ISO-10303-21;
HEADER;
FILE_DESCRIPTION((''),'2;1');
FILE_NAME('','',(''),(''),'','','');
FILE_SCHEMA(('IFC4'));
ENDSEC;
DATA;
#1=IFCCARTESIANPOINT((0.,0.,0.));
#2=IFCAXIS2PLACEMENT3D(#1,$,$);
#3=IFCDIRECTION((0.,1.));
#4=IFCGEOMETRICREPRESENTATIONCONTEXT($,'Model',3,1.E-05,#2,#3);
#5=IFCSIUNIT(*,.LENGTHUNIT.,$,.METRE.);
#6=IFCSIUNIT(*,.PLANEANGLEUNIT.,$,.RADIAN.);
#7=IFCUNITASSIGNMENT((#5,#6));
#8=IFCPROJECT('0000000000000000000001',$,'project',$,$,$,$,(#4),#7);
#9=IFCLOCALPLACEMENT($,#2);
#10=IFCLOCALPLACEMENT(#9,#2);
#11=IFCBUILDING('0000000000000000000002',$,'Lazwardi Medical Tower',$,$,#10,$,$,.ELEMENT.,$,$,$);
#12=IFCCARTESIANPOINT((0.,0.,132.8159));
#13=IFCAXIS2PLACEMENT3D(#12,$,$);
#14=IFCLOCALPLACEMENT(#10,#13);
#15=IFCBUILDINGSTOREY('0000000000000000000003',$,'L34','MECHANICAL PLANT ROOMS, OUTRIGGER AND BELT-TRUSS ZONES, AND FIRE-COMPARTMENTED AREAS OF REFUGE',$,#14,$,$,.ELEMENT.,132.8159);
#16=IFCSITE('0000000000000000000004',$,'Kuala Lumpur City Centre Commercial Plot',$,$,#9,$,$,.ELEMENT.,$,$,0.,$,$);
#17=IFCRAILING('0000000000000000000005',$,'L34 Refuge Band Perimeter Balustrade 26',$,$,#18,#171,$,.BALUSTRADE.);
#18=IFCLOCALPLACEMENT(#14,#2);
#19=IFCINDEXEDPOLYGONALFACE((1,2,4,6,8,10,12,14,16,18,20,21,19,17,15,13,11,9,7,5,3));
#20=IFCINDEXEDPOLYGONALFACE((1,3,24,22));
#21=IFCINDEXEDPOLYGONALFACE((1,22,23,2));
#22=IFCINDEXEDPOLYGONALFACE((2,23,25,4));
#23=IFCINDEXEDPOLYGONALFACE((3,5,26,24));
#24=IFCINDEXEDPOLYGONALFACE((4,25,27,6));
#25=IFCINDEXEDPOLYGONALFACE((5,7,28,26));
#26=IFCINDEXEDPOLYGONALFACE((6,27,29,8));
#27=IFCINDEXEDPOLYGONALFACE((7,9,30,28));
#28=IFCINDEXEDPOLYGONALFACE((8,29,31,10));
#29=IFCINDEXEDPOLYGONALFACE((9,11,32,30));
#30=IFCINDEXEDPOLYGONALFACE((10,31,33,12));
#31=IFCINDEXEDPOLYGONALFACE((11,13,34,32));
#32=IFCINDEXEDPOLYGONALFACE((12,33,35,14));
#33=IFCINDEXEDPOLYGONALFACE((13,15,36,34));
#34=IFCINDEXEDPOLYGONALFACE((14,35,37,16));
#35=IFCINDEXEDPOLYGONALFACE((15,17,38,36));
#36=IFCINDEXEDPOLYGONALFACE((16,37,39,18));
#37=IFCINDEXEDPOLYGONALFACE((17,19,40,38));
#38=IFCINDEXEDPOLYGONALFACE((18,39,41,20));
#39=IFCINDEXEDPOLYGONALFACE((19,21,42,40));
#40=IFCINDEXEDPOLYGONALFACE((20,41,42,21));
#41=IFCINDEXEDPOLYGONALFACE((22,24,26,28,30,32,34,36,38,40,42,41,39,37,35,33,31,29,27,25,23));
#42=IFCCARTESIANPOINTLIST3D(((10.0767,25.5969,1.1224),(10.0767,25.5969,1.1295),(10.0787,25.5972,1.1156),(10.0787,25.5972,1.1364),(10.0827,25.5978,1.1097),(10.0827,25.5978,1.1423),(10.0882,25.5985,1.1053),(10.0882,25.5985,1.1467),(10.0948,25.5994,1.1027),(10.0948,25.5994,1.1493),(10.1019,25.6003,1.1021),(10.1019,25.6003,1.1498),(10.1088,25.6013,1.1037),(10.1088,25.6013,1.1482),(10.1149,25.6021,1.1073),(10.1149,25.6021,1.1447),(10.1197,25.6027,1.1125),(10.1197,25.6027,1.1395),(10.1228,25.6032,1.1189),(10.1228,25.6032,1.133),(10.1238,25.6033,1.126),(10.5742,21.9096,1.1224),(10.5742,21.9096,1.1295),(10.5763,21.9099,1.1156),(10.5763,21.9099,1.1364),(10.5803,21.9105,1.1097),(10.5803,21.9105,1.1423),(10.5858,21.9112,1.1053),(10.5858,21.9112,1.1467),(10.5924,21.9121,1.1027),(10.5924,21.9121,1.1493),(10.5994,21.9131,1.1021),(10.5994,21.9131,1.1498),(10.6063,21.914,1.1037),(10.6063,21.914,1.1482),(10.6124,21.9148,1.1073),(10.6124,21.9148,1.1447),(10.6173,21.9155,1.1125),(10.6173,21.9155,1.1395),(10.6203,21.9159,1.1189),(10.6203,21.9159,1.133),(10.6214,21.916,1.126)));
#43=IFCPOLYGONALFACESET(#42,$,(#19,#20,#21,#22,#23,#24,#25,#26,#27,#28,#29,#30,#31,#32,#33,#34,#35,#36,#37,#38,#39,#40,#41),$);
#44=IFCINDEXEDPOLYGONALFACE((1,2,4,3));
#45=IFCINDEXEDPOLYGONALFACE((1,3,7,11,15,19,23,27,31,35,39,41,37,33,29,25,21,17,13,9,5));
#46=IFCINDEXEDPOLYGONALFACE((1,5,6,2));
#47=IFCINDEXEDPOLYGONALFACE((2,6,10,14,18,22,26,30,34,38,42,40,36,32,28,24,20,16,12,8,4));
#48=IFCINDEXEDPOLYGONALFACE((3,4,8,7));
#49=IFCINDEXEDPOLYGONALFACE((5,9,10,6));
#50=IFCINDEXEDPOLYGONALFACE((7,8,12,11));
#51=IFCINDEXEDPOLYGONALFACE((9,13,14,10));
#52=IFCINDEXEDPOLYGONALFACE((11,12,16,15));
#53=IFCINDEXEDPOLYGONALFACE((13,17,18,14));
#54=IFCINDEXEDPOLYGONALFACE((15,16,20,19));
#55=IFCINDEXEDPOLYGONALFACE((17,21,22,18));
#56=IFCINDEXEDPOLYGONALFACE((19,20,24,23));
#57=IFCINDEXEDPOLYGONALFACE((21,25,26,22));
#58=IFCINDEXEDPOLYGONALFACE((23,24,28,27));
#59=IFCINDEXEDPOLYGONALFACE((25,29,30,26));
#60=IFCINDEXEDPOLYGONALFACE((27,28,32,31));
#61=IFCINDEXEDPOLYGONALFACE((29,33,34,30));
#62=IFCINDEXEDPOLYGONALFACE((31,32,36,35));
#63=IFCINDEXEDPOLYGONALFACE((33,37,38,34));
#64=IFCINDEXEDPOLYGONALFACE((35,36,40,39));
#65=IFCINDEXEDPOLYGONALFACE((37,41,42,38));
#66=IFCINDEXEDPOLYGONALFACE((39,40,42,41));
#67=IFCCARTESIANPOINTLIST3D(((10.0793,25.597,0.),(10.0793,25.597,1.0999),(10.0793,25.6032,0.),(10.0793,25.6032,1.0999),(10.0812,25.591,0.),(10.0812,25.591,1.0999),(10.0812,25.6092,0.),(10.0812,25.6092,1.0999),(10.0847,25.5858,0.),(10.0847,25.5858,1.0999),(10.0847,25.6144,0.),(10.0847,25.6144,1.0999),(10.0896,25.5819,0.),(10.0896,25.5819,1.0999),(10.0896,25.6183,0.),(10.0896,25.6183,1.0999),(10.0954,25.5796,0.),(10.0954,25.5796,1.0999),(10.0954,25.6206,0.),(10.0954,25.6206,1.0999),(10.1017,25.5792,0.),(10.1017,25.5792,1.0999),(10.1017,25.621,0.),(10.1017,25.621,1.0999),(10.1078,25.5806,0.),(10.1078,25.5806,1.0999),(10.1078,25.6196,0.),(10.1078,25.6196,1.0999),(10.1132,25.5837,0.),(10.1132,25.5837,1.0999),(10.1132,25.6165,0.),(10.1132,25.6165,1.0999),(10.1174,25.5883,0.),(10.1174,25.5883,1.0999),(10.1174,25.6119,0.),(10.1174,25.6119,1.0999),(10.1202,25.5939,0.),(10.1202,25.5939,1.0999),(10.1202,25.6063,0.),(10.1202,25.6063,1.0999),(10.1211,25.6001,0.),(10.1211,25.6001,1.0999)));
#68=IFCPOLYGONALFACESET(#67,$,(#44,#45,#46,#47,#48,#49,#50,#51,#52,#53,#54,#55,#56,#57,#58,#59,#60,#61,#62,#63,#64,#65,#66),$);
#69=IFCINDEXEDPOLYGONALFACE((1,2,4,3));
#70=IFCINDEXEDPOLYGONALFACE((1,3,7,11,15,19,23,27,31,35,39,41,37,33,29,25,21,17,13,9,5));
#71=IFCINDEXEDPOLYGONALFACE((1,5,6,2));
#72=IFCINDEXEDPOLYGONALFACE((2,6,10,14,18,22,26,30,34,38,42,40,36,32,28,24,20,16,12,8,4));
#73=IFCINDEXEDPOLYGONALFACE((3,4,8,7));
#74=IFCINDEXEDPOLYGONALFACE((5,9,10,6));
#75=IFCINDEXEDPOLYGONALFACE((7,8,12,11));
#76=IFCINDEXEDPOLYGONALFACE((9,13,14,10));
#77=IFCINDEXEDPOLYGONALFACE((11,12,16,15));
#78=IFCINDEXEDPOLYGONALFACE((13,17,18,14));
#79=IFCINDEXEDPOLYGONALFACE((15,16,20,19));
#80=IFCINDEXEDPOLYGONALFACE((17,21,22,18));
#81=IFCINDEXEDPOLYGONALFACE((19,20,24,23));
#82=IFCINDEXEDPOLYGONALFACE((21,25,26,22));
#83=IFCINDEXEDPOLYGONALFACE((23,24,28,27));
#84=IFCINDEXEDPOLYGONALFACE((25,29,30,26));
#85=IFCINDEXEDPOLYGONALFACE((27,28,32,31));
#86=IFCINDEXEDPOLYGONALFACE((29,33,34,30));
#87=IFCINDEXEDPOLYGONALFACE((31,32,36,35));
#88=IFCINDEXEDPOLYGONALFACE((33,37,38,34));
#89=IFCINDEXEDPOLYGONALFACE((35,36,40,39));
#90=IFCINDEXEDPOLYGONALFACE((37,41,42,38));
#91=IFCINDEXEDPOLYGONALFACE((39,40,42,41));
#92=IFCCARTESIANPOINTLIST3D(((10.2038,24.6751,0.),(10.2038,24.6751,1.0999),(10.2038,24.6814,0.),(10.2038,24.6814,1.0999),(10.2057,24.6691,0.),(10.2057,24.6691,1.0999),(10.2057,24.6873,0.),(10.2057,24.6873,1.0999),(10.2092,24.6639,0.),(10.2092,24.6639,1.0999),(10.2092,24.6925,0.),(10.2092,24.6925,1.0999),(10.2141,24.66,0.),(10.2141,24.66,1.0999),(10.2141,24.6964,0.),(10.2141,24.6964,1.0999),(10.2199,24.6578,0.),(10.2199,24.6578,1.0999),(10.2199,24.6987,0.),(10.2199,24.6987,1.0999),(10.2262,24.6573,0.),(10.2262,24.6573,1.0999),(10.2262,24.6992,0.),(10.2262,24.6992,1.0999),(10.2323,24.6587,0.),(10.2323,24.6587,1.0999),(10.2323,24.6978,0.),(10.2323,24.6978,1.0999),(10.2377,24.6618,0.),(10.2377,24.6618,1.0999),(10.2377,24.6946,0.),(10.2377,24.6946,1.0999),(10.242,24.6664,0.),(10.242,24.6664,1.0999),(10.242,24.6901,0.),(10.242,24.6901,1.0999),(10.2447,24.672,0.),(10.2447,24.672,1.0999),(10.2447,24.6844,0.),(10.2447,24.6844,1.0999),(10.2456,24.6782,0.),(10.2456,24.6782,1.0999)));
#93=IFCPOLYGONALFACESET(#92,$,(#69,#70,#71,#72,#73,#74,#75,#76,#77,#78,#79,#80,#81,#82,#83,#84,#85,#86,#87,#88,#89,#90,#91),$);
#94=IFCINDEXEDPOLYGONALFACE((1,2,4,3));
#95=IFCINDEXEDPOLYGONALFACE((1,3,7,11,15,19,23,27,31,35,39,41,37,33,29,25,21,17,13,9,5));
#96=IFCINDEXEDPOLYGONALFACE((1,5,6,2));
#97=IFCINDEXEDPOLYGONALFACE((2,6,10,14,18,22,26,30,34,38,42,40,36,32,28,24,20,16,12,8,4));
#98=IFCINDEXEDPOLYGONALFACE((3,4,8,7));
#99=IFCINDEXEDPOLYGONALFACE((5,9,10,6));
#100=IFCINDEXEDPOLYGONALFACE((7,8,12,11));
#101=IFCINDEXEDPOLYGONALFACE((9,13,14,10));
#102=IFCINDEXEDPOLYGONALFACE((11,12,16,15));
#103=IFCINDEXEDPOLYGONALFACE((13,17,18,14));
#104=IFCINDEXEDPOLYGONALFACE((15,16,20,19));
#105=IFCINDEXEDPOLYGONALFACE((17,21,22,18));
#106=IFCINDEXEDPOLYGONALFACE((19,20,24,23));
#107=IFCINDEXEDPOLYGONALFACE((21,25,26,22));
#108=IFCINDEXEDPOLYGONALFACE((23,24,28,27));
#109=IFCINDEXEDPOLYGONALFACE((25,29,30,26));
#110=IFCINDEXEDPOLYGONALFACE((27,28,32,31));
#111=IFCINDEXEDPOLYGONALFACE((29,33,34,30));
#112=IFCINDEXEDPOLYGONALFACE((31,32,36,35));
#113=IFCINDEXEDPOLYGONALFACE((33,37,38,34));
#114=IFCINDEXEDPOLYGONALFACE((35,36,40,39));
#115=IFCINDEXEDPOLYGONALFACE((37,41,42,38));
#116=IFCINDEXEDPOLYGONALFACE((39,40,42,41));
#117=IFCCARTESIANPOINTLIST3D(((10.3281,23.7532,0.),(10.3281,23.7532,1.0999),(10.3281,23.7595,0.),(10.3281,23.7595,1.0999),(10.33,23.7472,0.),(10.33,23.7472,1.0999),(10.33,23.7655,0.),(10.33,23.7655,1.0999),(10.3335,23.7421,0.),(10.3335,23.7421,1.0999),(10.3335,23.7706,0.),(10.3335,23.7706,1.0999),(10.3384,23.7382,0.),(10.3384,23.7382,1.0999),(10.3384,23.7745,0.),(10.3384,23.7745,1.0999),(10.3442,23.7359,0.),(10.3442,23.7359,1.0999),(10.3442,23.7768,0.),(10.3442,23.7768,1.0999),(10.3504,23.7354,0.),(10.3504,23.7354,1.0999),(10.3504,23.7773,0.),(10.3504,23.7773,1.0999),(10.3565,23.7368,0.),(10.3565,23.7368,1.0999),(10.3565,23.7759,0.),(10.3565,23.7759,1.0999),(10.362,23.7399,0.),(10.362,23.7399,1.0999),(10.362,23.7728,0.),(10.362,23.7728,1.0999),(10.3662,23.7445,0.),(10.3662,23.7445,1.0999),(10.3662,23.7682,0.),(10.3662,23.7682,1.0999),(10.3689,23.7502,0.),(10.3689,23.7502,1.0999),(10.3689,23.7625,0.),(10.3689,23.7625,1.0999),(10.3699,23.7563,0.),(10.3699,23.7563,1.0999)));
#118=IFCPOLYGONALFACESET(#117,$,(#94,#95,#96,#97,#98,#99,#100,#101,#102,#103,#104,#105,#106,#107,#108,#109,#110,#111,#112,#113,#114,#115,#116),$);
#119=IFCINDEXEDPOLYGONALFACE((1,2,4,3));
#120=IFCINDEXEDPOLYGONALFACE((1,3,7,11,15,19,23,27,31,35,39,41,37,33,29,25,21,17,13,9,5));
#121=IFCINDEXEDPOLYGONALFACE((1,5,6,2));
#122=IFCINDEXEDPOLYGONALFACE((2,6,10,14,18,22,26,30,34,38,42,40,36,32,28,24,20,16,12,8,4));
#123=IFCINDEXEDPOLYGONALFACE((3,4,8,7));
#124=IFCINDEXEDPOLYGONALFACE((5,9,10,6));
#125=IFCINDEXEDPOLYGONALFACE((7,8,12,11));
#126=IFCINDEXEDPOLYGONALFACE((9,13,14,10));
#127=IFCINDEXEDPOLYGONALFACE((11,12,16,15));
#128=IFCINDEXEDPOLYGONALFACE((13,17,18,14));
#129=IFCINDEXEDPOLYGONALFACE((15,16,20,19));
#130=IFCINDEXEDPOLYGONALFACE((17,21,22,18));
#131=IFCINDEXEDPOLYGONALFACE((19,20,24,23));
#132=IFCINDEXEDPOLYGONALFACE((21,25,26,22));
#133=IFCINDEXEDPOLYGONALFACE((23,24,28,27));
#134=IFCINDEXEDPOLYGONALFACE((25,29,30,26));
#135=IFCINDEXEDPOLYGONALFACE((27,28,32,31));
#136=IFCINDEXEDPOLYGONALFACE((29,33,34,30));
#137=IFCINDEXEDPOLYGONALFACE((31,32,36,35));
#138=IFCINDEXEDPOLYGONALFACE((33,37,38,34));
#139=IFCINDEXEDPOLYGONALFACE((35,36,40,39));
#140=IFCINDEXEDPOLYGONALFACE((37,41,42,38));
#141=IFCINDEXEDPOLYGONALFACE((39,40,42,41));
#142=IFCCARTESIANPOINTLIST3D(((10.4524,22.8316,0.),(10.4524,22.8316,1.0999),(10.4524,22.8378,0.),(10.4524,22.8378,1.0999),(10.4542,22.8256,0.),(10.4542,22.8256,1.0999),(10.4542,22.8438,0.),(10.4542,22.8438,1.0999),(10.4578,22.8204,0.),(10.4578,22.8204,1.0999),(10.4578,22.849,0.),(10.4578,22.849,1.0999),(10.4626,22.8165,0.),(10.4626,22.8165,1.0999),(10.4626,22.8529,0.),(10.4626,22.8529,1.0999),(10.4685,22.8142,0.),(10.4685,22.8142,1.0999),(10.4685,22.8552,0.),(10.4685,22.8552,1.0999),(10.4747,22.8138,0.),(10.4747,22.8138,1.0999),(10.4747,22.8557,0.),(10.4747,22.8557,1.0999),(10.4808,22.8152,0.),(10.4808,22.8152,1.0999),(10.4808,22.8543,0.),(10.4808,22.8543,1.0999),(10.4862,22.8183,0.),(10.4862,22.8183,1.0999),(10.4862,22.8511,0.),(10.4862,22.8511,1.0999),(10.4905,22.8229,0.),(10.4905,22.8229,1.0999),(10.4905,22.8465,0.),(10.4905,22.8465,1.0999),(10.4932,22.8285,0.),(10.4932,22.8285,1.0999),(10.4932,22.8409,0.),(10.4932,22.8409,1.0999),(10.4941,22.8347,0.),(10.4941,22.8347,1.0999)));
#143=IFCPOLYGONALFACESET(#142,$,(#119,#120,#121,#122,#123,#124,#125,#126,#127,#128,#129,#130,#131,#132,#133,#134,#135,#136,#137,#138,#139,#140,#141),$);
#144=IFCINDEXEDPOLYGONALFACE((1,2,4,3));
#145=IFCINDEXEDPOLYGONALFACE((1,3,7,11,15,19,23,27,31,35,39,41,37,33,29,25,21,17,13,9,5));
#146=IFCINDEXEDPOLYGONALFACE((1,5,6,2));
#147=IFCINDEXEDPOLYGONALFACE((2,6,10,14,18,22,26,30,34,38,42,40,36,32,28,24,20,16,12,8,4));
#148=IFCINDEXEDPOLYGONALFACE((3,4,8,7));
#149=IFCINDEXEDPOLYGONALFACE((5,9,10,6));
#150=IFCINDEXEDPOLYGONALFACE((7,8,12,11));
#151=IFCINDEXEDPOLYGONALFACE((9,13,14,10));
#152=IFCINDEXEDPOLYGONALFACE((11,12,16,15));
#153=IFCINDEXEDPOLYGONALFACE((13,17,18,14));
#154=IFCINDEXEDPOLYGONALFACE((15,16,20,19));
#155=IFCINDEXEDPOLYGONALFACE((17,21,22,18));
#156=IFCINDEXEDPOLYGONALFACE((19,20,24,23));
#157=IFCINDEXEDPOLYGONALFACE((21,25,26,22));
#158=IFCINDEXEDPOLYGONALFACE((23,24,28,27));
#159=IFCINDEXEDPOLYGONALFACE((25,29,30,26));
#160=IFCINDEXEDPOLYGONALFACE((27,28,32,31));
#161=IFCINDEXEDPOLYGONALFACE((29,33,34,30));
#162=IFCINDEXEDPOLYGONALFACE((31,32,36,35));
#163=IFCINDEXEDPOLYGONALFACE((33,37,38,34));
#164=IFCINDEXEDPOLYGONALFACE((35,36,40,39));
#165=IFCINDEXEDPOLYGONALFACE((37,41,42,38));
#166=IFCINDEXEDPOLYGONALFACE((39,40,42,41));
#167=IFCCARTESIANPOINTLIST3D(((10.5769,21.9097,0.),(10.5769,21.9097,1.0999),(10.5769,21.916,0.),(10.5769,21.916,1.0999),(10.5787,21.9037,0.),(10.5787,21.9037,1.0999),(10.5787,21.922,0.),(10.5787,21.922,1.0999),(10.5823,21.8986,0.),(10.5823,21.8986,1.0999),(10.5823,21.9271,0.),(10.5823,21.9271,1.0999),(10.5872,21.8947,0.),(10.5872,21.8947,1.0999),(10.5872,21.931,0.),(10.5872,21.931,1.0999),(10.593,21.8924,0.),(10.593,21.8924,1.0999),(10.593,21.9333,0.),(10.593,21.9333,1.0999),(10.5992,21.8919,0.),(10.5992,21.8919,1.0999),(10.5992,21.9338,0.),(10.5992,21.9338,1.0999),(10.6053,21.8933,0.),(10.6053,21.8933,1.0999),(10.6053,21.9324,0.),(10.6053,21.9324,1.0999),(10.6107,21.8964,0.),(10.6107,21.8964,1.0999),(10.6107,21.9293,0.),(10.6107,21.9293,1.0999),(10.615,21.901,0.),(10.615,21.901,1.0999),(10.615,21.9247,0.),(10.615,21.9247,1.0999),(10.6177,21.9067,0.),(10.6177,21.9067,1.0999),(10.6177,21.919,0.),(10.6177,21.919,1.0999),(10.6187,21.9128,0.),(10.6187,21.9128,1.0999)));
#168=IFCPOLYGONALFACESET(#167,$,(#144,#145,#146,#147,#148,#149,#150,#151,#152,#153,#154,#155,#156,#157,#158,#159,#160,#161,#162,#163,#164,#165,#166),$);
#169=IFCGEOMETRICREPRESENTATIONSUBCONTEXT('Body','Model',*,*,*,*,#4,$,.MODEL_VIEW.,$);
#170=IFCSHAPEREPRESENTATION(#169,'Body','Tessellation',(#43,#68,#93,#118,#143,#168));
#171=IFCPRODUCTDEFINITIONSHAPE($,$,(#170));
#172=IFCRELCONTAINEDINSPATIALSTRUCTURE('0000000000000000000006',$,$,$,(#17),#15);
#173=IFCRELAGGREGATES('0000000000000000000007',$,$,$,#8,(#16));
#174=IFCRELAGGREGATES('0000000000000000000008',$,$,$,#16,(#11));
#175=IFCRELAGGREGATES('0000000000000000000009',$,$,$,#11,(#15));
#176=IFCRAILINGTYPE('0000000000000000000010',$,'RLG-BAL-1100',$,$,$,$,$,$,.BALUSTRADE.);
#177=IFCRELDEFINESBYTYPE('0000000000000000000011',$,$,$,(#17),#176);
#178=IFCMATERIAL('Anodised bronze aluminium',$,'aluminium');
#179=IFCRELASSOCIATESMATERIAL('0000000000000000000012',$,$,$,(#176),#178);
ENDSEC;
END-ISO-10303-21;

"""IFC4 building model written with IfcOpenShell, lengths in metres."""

from ifc_helpers import new_model, si_unit, direction, frame, origin, origin_2d, place, context, subcontext, project, spatial, circle, extrude, material, type_object, element, save


model = new_model("IFC4")

# Units and contexts
model_context = context("Model", 3, precision=1e-05, world=origin(), true_north=direction((0.0, 1.0)))
body_context = subcontext(model_context, "Body", "Model", "MODEL_VIEW")
ifc_project = project(units=[si_unit("LENGTHUNIT", "METRE"), si_unit("PLANEANGLEUNIT", "RADIAN")], contexts=[model_context])

# Site, building, storey
site_placement = place(None, origin())
site = spatial("IfcSite", under=ifc_project, at=site_placement, Name="Kuala Lumpur City Centre Commercial Plot", CompositionType="ELEMENT", RefElevation=0.0)
building_placement = place(site_placement, origin())
building = spatial("IfcBuilding", under=site, at=building_placement, Name="Lazwardi Medical Tower", CompositionType="ELEMENT")
storey_placement = place(building_placement, frame((0.0, 0.0, 132.8159)))
storey = spatial("IfcBuildingStorey", under=building, at=storey_placement, Name="L34", Description="MECHANICAL PLANT ROOMS, OUTRIGGER AND BELT-TRUSS ZONES, AND FIRE-COMPARTMENTED AREAS OF REFUGE", CompositionType="ELEMENT", Elevation=132.8159)

# Railing
ifc_material_1 = material(Name="Anodised bronze aluminium", Category="aluminium")
railing_type = type_object("IfcRailingType", Name="RLG-BAL-1100", PredefinedType="BALUSTRADE", material=ifc_material_1)
railing_1_placement = place(storey_placement, frame((10.1001, 25.6001, 0.0)))
element("IfcRailing", 1, at=railing_1_placement, inside=storey, type_object=railing_type, Name="L34 Refuge Band Perimeter Balustrade 26", PredefinedType="BALUSTRADE", context=body_context, shape_type="SweptSolid", body=[
    extrude(circle(Radius=0.0239, at=origin_2d()), frame((0.0, 0.0, 1.126), z_axis=(0.133728, -0.991018, 0.0), x_axis=(0.991018, 0.133728, 0.0)), (0.0, 0.0, 1.0), 3.7207),
    extrude(circle(Radius=0.021, at=origin_2d()), origin(), (0.0, 0.0, 1.0), 1.0999),
    extrude(circle(Radius=0.021, at=origin_2d()), frame((0.1245, -0.9219, 0.0)), (0.0, 0.0, 1.0), 1.0999),
    extrude(circle(Radius=0.021, at=origin_2d()), frame((0.2488, -1.8438, 0.0)), (0.0, 0.0, 1.0), 1.0999),
    extrude(circle(Radius=0.021, at=origin_2d()), frame((0.373, -2.7654, 0.0)), (0.0, 0.0, 1.0), 1.0999),
    extrude(circle(Radius=0.021, at=origin_2d()), frame((0.4976, -3.6873, 0.0)), (0.0, 0.0, 1.0), 1.0999),
])

save(model, "model.ifc")
